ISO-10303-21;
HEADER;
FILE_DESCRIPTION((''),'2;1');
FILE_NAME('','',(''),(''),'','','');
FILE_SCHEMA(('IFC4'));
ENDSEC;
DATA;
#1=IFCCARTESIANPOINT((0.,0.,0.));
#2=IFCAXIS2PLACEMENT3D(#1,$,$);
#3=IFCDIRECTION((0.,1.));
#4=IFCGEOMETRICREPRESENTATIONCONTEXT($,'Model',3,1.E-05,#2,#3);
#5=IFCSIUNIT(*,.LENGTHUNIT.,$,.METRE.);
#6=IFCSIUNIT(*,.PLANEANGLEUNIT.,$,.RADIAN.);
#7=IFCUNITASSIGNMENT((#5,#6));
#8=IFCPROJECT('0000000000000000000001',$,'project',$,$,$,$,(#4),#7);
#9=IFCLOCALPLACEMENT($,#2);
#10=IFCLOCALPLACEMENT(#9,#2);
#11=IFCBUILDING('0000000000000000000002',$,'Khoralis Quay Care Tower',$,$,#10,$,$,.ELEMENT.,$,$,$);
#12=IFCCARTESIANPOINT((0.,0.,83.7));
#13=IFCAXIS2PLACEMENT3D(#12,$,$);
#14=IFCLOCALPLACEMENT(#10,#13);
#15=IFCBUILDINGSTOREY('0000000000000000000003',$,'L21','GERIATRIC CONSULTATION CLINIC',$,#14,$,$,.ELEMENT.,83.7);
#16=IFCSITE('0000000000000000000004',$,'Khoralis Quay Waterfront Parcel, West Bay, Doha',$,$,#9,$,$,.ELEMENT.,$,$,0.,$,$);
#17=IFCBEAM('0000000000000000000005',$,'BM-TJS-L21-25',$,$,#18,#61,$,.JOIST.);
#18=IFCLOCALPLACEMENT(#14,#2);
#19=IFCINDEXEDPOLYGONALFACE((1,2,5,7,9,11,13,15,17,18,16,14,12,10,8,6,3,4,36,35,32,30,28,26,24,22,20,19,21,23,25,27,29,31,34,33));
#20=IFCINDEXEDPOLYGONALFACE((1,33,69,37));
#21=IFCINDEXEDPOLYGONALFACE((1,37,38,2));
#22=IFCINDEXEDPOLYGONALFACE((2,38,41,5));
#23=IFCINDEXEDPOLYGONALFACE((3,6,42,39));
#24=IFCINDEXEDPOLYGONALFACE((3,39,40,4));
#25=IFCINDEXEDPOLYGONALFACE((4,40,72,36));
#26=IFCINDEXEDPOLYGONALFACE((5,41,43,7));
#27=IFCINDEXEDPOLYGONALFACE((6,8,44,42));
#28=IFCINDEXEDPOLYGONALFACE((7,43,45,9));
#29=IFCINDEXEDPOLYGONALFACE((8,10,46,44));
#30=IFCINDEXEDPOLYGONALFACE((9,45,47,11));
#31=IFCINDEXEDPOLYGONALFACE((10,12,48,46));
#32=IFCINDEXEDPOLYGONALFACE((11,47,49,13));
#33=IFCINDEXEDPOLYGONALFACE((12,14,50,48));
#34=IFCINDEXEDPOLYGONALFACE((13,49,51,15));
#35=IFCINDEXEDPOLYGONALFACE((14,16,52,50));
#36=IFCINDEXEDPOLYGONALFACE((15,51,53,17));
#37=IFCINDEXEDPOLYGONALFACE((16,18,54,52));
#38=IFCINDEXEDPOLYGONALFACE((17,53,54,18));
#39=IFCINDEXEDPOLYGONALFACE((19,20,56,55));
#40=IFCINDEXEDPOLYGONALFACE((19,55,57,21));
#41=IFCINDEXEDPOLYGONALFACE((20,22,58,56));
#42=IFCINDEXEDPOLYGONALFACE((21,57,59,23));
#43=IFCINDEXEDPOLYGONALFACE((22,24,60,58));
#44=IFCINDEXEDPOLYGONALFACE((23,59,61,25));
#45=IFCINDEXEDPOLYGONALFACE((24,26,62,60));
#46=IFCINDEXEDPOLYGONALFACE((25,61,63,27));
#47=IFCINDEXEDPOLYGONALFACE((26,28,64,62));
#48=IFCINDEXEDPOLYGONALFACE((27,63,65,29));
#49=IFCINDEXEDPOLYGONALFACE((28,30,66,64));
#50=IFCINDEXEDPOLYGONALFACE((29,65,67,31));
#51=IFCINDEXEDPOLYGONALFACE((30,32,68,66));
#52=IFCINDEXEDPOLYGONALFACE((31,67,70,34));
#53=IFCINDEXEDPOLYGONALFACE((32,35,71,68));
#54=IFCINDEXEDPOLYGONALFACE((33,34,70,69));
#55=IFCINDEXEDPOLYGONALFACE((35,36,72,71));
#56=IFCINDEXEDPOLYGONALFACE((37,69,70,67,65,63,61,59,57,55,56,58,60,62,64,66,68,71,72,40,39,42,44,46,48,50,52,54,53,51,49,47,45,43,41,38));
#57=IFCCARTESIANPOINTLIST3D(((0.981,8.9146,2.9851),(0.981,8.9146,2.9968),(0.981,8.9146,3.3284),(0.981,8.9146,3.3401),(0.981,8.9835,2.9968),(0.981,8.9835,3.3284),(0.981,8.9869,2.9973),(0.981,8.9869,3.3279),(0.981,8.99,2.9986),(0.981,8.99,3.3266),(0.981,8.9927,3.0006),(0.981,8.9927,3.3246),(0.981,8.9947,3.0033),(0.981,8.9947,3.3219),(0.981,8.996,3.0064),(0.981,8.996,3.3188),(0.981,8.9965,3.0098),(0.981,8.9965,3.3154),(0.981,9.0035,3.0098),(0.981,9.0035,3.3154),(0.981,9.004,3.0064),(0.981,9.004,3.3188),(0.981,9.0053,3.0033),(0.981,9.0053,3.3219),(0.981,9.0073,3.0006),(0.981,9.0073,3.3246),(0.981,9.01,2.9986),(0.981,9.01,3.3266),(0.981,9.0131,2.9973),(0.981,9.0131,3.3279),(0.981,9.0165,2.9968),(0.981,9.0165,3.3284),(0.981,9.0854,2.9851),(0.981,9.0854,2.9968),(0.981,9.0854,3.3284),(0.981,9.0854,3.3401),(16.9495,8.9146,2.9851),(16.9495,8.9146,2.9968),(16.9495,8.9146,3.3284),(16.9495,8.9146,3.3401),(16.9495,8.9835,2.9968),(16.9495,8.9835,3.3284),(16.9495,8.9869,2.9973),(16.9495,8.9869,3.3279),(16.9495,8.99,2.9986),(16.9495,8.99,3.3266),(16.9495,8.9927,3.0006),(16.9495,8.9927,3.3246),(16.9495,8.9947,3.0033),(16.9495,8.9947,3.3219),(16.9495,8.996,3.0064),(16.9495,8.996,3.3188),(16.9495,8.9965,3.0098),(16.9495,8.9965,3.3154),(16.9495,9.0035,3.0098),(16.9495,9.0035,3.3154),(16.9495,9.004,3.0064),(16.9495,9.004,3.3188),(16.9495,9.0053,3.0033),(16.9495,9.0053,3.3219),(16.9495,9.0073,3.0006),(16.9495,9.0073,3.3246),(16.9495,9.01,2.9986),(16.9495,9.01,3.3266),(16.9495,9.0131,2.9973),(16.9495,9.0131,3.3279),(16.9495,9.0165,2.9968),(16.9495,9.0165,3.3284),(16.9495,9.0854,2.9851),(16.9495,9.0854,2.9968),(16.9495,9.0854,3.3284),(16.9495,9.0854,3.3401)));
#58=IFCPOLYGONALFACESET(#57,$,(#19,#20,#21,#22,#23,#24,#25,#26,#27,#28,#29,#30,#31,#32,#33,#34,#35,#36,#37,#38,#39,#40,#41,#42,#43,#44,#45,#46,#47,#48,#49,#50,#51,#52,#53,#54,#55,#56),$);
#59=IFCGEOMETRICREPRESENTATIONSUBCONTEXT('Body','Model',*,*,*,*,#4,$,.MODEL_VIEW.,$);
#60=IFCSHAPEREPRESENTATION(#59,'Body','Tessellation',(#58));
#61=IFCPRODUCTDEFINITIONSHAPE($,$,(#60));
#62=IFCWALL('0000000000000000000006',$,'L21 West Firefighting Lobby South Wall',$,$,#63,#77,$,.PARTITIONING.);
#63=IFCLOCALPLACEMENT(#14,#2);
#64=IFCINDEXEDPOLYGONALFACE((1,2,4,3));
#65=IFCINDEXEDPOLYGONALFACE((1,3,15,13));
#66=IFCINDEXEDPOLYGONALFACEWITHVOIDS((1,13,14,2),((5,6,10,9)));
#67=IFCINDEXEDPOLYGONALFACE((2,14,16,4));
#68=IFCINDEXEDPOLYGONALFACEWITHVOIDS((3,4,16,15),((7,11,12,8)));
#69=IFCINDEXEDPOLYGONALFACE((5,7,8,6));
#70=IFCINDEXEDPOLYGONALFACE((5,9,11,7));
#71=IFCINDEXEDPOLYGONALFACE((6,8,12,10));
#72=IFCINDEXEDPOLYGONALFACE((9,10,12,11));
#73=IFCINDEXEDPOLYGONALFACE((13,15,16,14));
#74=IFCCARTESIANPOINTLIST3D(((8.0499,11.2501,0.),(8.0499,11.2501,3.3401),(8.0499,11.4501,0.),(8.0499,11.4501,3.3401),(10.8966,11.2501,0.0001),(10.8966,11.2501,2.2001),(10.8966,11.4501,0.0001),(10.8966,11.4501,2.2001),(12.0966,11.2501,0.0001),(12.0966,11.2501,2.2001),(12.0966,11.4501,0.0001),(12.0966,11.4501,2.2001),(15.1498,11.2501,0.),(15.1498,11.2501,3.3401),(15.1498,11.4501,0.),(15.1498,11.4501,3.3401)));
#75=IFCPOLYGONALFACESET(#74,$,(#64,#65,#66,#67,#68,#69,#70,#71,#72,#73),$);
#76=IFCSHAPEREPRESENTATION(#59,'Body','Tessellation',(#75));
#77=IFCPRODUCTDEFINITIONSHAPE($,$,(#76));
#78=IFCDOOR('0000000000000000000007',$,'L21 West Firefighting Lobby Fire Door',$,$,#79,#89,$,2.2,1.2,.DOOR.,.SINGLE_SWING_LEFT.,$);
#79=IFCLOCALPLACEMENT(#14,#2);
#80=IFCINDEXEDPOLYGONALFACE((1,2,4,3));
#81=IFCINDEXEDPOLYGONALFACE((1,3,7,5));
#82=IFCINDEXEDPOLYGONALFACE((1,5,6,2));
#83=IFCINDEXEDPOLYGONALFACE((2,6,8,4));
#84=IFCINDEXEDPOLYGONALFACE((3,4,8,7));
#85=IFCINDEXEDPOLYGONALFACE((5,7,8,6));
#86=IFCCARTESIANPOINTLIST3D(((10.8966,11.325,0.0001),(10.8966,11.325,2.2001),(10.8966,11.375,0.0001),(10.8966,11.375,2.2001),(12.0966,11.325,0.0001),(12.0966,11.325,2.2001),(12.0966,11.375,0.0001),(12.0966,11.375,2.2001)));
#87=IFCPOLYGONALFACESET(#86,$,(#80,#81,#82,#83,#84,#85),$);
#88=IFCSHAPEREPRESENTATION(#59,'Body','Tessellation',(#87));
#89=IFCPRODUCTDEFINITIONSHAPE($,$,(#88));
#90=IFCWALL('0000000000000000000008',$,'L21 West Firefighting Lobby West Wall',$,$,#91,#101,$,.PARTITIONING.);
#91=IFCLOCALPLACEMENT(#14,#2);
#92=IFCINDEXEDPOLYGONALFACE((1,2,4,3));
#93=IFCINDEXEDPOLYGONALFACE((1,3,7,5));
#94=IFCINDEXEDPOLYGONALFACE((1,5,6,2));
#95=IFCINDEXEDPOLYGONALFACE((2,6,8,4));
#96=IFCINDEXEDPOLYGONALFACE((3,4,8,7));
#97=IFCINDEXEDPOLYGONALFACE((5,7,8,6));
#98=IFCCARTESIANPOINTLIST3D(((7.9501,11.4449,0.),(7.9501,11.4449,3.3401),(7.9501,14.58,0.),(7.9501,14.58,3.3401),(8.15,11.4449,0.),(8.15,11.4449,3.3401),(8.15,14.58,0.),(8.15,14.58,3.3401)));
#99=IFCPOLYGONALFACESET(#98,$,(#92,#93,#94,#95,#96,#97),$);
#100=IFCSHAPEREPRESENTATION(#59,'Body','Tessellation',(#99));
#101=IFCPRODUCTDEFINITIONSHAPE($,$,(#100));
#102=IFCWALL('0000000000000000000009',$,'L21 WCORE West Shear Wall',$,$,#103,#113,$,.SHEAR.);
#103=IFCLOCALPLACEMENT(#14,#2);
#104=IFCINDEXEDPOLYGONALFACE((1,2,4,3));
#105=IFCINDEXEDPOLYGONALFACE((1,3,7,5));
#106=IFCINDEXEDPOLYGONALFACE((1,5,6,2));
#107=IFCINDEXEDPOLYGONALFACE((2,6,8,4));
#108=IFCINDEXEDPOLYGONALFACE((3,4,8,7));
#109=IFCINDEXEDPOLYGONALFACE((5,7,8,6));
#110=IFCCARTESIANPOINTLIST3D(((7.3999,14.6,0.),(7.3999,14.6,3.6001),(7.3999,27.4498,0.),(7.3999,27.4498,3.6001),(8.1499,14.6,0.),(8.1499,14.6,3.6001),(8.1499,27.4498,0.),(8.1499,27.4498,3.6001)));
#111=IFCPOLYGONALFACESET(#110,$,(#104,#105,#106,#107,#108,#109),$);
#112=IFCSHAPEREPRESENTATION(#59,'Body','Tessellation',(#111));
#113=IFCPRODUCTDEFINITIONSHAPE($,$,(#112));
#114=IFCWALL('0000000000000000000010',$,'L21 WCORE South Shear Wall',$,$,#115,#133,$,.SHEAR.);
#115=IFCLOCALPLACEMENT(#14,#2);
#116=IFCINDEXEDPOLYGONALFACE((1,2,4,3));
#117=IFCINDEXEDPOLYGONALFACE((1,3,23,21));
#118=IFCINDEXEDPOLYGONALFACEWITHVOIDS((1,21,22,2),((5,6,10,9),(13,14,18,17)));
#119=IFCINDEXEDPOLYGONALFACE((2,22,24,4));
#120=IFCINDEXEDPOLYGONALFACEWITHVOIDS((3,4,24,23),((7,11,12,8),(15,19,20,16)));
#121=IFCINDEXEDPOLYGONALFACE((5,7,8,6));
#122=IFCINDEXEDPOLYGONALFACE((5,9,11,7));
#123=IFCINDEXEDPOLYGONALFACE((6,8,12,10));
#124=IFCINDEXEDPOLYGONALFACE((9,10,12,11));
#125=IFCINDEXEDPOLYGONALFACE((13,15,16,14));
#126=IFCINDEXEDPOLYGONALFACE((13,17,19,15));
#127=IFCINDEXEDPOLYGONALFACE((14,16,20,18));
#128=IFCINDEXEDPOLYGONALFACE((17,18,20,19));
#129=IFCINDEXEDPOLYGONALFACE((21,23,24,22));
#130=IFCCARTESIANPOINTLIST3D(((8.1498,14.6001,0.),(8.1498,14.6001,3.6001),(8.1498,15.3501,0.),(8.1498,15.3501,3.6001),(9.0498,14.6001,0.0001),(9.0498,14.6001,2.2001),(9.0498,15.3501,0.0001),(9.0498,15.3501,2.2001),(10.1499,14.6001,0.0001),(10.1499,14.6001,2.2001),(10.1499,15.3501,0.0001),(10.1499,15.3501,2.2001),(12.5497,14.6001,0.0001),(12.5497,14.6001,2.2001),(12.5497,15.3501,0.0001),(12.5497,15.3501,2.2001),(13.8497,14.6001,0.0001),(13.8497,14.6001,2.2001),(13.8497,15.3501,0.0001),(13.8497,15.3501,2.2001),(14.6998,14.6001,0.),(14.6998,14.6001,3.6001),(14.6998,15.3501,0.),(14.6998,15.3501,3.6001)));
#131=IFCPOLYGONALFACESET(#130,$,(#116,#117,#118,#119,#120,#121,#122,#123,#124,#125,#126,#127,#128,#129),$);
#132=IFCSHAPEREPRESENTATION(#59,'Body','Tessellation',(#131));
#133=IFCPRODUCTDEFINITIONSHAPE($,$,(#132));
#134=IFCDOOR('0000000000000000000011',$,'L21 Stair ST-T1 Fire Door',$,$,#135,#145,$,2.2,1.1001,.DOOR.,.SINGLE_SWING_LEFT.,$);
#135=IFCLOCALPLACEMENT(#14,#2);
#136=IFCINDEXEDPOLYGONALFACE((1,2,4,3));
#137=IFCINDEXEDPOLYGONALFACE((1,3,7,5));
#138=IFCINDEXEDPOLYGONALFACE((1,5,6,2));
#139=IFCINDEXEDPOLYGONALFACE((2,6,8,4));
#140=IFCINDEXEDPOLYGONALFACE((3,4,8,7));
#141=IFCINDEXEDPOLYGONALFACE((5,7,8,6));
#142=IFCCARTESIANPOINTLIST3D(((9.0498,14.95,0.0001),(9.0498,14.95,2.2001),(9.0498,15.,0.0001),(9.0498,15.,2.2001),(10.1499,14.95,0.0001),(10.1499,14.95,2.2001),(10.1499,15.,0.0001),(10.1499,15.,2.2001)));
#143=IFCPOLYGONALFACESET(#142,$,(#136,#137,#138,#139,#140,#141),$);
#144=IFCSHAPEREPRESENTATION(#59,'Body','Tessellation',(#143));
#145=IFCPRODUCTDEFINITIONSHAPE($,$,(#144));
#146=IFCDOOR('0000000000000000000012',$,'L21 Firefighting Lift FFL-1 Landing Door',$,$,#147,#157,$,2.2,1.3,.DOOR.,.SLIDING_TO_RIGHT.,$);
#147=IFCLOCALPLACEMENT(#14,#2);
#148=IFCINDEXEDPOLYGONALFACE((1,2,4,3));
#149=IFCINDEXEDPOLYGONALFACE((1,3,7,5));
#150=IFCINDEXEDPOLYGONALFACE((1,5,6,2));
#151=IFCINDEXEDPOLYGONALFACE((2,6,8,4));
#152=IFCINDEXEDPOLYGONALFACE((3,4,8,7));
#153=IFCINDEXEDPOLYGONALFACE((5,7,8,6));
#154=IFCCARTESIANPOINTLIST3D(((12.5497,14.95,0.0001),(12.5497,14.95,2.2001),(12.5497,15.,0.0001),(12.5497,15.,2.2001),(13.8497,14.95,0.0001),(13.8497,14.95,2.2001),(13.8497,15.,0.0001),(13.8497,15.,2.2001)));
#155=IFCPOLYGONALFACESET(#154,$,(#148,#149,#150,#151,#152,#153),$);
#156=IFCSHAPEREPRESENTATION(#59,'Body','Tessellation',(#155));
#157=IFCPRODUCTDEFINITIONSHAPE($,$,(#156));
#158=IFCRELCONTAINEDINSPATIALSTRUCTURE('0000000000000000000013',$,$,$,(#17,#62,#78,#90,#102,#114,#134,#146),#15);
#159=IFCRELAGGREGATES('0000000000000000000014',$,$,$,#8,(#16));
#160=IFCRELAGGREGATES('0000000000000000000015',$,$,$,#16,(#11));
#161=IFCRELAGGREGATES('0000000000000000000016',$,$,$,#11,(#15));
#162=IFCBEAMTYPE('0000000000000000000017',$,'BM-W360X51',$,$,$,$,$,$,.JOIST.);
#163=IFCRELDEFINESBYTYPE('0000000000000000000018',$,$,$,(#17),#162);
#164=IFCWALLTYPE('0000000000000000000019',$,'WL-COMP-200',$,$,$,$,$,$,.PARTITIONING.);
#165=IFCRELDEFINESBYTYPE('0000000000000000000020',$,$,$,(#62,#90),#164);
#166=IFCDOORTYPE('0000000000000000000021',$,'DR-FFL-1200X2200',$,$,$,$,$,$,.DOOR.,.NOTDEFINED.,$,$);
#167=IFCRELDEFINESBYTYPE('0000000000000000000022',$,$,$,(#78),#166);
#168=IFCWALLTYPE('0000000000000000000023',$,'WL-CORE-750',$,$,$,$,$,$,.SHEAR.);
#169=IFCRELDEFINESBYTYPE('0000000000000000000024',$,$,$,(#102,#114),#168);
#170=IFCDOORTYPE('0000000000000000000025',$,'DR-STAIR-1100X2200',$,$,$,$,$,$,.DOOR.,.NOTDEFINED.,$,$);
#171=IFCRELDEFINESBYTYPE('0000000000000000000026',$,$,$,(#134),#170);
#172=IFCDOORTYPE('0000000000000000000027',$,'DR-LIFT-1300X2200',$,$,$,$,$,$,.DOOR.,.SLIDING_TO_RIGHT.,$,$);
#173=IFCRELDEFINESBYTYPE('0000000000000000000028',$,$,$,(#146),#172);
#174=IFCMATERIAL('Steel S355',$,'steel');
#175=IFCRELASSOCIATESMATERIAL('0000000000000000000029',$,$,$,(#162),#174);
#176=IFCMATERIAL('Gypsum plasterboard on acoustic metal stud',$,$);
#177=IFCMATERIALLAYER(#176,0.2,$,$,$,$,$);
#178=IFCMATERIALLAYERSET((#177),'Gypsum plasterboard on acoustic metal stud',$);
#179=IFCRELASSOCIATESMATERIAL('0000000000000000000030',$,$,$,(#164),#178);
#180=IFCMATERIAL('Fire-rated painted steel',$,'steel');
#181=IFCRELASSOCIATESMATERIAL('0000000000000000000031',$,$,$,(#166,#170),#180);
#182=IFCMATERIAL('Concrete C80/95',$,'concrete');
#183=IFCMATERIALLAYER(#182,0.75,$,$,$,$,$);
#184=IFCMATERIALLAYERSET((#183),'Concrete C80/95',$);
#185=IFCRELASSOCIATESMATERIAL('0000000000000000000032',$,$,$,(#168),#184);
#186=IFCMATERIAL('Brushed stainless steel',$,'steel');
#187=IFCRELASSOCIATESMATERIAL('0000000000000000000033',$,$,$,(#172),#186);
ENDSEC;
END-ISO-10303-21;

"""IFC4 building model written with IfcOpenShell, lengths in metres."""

from ifc_helpers import new_model, si_unit, direction, frame, frame_2d, origin, origin_2d, place, context, subcontext, project, spatial, rectangle, i_section, extrude, source, transform, mapped, material, layer, layer_set, material_profile, profile_set, type_object, element, fill, save


model = new_model("IFC4")

# Units and contexts
model_context = context("Model", 3, precision=1e-05, world=origin(), true_north=direction((0.0, 1.0)))
body_context = subcontext(model_context, "Body", "Model", "MODEL_VIEW")
ifc_project = project(units=[si_unit("LENGTHUNIT", "METRE"), si_unit("PLANEANGLEUNIT", "RADIAN")], contexts=[model_context])

# Site, building, storey
site_placement = place(None, origin())
site = spatial("IfcSite", under=ifc_project, at=site_placement, Name="Khoralis Quay Waterfront Parcel, West Bay, Doha", CompositionType="ELEMENT", RefElevation=0.0)
building_placement = place(site_placement, origin())
building = spatial("IfcBuilding", under=site, at=building_placement, Name="Khoralis Quay Care Tower", CompositionType="ELEMENT")
storey_placement = place(building_placement, frame((0.0, 0.0, 83.7)))
storey = spatial("IfcBuildingStorey", under=building, at=storey_placement, Name="L21", Description="GERIATRIC CONSULTATION CLINIC", CompositionType="ELEMENT", Elevation=83.7)

# Beam
ifc_material_1 = material(Name="Steel S355", Category="steel")
ifc_material_profile = material_profile(ifc_material_1, i_section(OverallWidth=0.1709, OverallDepth=0.355, WebThickness=0.0071, FlangeThickness=0.0117, FilletRadius=0.0129, at=origin_2d()), Name="Steel S355")
ifc_profile_set = profile_set([ifc_material_profile], Name="Steel S355")
beam_type = type_object("IfcBeamType", Name="BM-W360X51", PredefinedType="JOIST", material=ifc_profile_set)
shared_shape_1 = source(origin(), body_context, "Body", "SweptSolid", [
    extrude(i_section(OverallWidth=0.1709, OverallDepth=0.355, WebThickness=0.0071, FlangeThickness=0.0117, FilletRadius=0.0129, at=origin_2d()), origin(), (0.0, 0.0, 1.0), 15.9685),
])
beam_placement = place(storey_placement, frame((0.981, 9.0, 3.1626), z_axis=(1.0, 0.0, 0.0), x_axis=(0.0, 1.0, 0.0)))
element("IfcBeam", 1, at=beam_placement, inside=storey, type_object=beam_type, Name="BM-TJS-L21-25", PredefinedType="JOIST", context=body_context, shape_type="MappedRepresentation", body=[
    mapped(shared_shape_1, transform((0.0, 0.0, 0.0), scale=1.0)),
])

# Wall, opening, door
ifc_material_2 = material(Name="Gypsum plasterboard on acoustic metal stud")
ifc_layer_1 = layer(ifc_material_2, 0.2)
ifc_layer_set_1 = layer_set([ifc_layer_1], Name="Gypsum plasterboard on acoustic metal stud")
wall_type_1 = type_object("IfcWallType", Name="WL-COMP-200", PredefinedType="PARTITIONING", material=ifc_layer_set_1)
wall_1_placement = place(storey_placement, frame((8.05, 11.3501, 0.0), z_axis=(0.0, 0.0, 1.0), x_axis=(1.0, 0.0, 0.0)))
wall_1 = element("IfcWall", 2, at=wall_1_placement, inside=storey, type_object=wall_type_1, Name="L21 West Firefighting Lobby South Wall", PredefinedType="PARTITIONING", context=body_context, shape_type="SweptSolid", body=[
    extrude(rectangle(XDim=7.0999, YDim=0.2, at=frame_2d((3.5498, 0.0))), origin(), (0.0, 0.0, 1.0), 3.3401),
])
opening_1_placement = place(wall_1_placement, frame((2.8464, 0.0, 0.0)))
opening_1 = element("IfcOpeningElement", 3, at=opening_1_placement, cuts=wall_1, PredefinedType="OPENING", context=body_context, shape_type="SweptSolid", body=[
    extrude(rectangle(XDim=1.2, YDim=2.2, at=frame_2d((0.6001, 1.1001))), frame((0.0, 0.1099, 0.0), z_axis=(0.0, -1.0, 0.0), x_axis=(1.0, 0.0, 0.0)), (0.0, 0.0, 1.0), 0.22),
])
ifc_material_3 = material(Name="Fire-rated painted steel", Category="steel")
door_type_1 = type_object("IfcDoorType", Name="DR-FFL-1200X2200", OperationType="NOTDEFINED", PredefinedType="DOOR", material=ifc_material_3)
shared_shape_2 = source(origin(), body_context, "Body", "SweptSolid", [
    extrude(rectangle(XDim=1.2, YDim=2.2, at=frame_2d((0.6001, 1.1001))), frame((0.0, 0.0249, 0.0), z_axis=(0.0, -1.0, 0.0), x_axis=(1.0, 0.0, 0.0)), (0.0, 0.0, 1.0), 0.05),
])
door_1_placement = place(opening_1_placement, origin())
door_1 = element("IfcDoor", 4, at=door_1_placement, inside=storey, type_object=door_type_1, Name="L21 West Firefighting Lobby Fire Door", OperationType="SINGLE_SWING_LEFT", OverallHeight=2.2, OverallWidth=1.2, PredefinedType="DOOR", context=body_context, shape_type="MappedRepresentation", body=[
    mapped(shared_shape_2, transform((0.0, 0.0, 0.0), scale=1.0)),
])
fill(opening_1, door_1)

# Walls
wall_2_placement = place(storey_placement, frame((8.05, 11.4451, 0.0), z_axis=(0.0, 0.0, 1.0), x_axis=(0.0, 1.0, 0.0)))
element("IfcWall", 5, at=wall_2_placement, inside=storey, type_object=wall_type_1, Name="L21 West Firefighting Lobby West Wall", PredefinedType="PARTITIONING", context=body_context, shape_type="SweptSolid", body=[
    extrude(rectangle(XDim=3.135, YDim=0.2, at=frame_2d((1.5674, 0.0))), origin(), (0.0, 0.0, 1.0), 3.3401),
])
ifc_material_4 = material(Name="Concrete C80/95", Category="concrete")
ifc_layer_2 = layer(ifc_material_4, 0.75)
ifc_layer_set_2 = layer_set([ifc_layer_2], Name="Concrete C80/95")
wall_type_2 = type_object("IfcWallType", Name="WL-CORE-750", PredefinedType="SHEAR", material=ifc_layer_set_2)
wall_3_placement = place(storey_placement, frame((7.7749, 14.6001, 0.0), z_axis=(0.0, 0.0, 1.0), x_axis=(0.0, 1.0, 0.0)))
element("IfcWall", 6, at=wall_3_placement, inside=storey, type_object=wall_type_2, Name="L21 WCORE West Shear Wall", PredefinedType="SHEAR", context=body_context, shape_type="SweptSolid", body=[
    extrude(rectangle(XDim=12.8499, YDim=0.75, at=frame_2d((6.4248, 0.0))), origin(), (0.0, 0.0, 1.0), 3.6001),
])

# Wall, openings, doors
wall_4_placement = place(storey_placement, frame((8.1499, 14.9751, 0.0), z_axis=(0.0, 0.0, 1.0), x_axis=(1.0, 0.0, 0.0)))
wall_4 = element("IfcWall", 7, at=wall_4_placement, inside=storey, type_object=wall_type_2, Name="L21 WCORE South Shear Wall", PredefinedType="SHEAR", context=body_context, shape_type="SweptSolid", body=[
    extrude(rectangle(XDim=6.55, YDim=0.75, at=frame_2d((3.2749, 0.0))), origin(), (0.0, 0.0, 1.0), 3.6001),
])
opening_2_placement = place(wall_4_placement, frame((0.8999, 0.0, 0.0)))
opening_2 = element("IfcOpeningElement", 8, at=opening_2_placement, cuts=wall_4, PredefinedType="OPENING", context=body_context, shape_type="SweptSolid", body=[
    extrude(rectangle(XDim=1.1001, YDim=2.2, at=frame_2d((0.55, 1.1001))), frame((0.0, 0.385, 0.0), z_axis=(0.0, -1.0, 0.0), x_axis=(1.0, 0.0, 0.0)), (0.0, 0.0, 1.0), 0.77),
])
opening_3_placement = place(wall_4_placement, frame((4.3999, 0.0, 0.0)))
opening_3 = element("IfcOpeningElement", 9, at=opening_3_placement, cuts=wall_4, PredefinedType="OPENING", context=body_context, shape_type="SweptSolid", body=[
    extrude(rectangle(XDim=1.3, YDim=2.2, at=frame_2d((0.6499, 1.1001))), frame((0.0, 0.385, 0.0), z_axis=(0.0, -1.0, 0.0), x_axis=(1.0, 0.0, 0.0)), (0.0, 0.0, 1.0), 0.77),
])
door_type_2 = type_object("IfcDoorType", Name="DR-STAIR-1100X2200", OperationType="NOTDEFINED", PredefinedType="DOOR", material=ifc_material_3)
shared_shape_3 = source(origin(), body_context, "Body", "SweptSolid", [
    extrude(rectangle(XDim=1.1001, YDim=2.2, at=frame_2d((0.55, 1.1001))), frame((0.0, 0.0249, 0.0), z_axis=(0.0, -1.0, 0.0), x_axis=(1.0, 0.0, 0.0)), (0.0, 0.0, 1.0), 0.05),
])
door_2_placement = place(opening_2_placement, origin())
door_2 = element("IfcDoor", 10, at=door_2_placement, inside=storey, type_object=door_type_2, Name="L21 Stair ST-T1 Fire Door", OperationType="SINGLE_SWING_LEFT", OverallHeight=2.2, OverallWidth=1.1001, PredefinedType="DOOR", context=body_context, shape_type="MappedRepresentation", body=[
    mapped(shared_shape_3, transform((0.0, 0.0, 0.0), scale=1.0)),
])
fill(opening_2, door_2)
ifc_material_5 = material(Name="Brushed stainless steel", Category="steel")
door_type_3 = type_object("IfcDoorType", Name="DR-LIFT-1300X2200", OperationType="SLIDING_TO_RIGHT", PredefinedType="DOOR", material=ifc_material_5)
shared_shape_4 = source(origin(), body_context, "Body", "SweptSolid", [
    extrude(rectangle(XDim=1.3, YDim=2.2, at=frame_2d((0.6499, 1.1001))), frame((0.0, 0.0249, 0.0), z_axis=(0.0, -1.0, 0.0), x_axis=(1.0, 0.0, 0.0)), (0.0, 0.0, 1.0), 0.05),
])
door_3_placement = place(opening_3_placement, origin())
door_3 = element("IfcDoor", 11, at=door_3_placement, inside=storey, type_object=door_type_3, Name="L21 Firefighting Lift FFL-1 Landing Door", OperationType="SLIDING_TO_RIGHT", OverallHeight=2.2, OverallWidth=1.3, PredefinedType="DOOR", context=body_context, shape_type="MappedRepresentation", body=[
    mapped(shared_shape_4, transform((0.0, 0.0, 0.0), scale=1.0)),
])
fill(opening_3, door_3)

save(model, "model.ifc")
